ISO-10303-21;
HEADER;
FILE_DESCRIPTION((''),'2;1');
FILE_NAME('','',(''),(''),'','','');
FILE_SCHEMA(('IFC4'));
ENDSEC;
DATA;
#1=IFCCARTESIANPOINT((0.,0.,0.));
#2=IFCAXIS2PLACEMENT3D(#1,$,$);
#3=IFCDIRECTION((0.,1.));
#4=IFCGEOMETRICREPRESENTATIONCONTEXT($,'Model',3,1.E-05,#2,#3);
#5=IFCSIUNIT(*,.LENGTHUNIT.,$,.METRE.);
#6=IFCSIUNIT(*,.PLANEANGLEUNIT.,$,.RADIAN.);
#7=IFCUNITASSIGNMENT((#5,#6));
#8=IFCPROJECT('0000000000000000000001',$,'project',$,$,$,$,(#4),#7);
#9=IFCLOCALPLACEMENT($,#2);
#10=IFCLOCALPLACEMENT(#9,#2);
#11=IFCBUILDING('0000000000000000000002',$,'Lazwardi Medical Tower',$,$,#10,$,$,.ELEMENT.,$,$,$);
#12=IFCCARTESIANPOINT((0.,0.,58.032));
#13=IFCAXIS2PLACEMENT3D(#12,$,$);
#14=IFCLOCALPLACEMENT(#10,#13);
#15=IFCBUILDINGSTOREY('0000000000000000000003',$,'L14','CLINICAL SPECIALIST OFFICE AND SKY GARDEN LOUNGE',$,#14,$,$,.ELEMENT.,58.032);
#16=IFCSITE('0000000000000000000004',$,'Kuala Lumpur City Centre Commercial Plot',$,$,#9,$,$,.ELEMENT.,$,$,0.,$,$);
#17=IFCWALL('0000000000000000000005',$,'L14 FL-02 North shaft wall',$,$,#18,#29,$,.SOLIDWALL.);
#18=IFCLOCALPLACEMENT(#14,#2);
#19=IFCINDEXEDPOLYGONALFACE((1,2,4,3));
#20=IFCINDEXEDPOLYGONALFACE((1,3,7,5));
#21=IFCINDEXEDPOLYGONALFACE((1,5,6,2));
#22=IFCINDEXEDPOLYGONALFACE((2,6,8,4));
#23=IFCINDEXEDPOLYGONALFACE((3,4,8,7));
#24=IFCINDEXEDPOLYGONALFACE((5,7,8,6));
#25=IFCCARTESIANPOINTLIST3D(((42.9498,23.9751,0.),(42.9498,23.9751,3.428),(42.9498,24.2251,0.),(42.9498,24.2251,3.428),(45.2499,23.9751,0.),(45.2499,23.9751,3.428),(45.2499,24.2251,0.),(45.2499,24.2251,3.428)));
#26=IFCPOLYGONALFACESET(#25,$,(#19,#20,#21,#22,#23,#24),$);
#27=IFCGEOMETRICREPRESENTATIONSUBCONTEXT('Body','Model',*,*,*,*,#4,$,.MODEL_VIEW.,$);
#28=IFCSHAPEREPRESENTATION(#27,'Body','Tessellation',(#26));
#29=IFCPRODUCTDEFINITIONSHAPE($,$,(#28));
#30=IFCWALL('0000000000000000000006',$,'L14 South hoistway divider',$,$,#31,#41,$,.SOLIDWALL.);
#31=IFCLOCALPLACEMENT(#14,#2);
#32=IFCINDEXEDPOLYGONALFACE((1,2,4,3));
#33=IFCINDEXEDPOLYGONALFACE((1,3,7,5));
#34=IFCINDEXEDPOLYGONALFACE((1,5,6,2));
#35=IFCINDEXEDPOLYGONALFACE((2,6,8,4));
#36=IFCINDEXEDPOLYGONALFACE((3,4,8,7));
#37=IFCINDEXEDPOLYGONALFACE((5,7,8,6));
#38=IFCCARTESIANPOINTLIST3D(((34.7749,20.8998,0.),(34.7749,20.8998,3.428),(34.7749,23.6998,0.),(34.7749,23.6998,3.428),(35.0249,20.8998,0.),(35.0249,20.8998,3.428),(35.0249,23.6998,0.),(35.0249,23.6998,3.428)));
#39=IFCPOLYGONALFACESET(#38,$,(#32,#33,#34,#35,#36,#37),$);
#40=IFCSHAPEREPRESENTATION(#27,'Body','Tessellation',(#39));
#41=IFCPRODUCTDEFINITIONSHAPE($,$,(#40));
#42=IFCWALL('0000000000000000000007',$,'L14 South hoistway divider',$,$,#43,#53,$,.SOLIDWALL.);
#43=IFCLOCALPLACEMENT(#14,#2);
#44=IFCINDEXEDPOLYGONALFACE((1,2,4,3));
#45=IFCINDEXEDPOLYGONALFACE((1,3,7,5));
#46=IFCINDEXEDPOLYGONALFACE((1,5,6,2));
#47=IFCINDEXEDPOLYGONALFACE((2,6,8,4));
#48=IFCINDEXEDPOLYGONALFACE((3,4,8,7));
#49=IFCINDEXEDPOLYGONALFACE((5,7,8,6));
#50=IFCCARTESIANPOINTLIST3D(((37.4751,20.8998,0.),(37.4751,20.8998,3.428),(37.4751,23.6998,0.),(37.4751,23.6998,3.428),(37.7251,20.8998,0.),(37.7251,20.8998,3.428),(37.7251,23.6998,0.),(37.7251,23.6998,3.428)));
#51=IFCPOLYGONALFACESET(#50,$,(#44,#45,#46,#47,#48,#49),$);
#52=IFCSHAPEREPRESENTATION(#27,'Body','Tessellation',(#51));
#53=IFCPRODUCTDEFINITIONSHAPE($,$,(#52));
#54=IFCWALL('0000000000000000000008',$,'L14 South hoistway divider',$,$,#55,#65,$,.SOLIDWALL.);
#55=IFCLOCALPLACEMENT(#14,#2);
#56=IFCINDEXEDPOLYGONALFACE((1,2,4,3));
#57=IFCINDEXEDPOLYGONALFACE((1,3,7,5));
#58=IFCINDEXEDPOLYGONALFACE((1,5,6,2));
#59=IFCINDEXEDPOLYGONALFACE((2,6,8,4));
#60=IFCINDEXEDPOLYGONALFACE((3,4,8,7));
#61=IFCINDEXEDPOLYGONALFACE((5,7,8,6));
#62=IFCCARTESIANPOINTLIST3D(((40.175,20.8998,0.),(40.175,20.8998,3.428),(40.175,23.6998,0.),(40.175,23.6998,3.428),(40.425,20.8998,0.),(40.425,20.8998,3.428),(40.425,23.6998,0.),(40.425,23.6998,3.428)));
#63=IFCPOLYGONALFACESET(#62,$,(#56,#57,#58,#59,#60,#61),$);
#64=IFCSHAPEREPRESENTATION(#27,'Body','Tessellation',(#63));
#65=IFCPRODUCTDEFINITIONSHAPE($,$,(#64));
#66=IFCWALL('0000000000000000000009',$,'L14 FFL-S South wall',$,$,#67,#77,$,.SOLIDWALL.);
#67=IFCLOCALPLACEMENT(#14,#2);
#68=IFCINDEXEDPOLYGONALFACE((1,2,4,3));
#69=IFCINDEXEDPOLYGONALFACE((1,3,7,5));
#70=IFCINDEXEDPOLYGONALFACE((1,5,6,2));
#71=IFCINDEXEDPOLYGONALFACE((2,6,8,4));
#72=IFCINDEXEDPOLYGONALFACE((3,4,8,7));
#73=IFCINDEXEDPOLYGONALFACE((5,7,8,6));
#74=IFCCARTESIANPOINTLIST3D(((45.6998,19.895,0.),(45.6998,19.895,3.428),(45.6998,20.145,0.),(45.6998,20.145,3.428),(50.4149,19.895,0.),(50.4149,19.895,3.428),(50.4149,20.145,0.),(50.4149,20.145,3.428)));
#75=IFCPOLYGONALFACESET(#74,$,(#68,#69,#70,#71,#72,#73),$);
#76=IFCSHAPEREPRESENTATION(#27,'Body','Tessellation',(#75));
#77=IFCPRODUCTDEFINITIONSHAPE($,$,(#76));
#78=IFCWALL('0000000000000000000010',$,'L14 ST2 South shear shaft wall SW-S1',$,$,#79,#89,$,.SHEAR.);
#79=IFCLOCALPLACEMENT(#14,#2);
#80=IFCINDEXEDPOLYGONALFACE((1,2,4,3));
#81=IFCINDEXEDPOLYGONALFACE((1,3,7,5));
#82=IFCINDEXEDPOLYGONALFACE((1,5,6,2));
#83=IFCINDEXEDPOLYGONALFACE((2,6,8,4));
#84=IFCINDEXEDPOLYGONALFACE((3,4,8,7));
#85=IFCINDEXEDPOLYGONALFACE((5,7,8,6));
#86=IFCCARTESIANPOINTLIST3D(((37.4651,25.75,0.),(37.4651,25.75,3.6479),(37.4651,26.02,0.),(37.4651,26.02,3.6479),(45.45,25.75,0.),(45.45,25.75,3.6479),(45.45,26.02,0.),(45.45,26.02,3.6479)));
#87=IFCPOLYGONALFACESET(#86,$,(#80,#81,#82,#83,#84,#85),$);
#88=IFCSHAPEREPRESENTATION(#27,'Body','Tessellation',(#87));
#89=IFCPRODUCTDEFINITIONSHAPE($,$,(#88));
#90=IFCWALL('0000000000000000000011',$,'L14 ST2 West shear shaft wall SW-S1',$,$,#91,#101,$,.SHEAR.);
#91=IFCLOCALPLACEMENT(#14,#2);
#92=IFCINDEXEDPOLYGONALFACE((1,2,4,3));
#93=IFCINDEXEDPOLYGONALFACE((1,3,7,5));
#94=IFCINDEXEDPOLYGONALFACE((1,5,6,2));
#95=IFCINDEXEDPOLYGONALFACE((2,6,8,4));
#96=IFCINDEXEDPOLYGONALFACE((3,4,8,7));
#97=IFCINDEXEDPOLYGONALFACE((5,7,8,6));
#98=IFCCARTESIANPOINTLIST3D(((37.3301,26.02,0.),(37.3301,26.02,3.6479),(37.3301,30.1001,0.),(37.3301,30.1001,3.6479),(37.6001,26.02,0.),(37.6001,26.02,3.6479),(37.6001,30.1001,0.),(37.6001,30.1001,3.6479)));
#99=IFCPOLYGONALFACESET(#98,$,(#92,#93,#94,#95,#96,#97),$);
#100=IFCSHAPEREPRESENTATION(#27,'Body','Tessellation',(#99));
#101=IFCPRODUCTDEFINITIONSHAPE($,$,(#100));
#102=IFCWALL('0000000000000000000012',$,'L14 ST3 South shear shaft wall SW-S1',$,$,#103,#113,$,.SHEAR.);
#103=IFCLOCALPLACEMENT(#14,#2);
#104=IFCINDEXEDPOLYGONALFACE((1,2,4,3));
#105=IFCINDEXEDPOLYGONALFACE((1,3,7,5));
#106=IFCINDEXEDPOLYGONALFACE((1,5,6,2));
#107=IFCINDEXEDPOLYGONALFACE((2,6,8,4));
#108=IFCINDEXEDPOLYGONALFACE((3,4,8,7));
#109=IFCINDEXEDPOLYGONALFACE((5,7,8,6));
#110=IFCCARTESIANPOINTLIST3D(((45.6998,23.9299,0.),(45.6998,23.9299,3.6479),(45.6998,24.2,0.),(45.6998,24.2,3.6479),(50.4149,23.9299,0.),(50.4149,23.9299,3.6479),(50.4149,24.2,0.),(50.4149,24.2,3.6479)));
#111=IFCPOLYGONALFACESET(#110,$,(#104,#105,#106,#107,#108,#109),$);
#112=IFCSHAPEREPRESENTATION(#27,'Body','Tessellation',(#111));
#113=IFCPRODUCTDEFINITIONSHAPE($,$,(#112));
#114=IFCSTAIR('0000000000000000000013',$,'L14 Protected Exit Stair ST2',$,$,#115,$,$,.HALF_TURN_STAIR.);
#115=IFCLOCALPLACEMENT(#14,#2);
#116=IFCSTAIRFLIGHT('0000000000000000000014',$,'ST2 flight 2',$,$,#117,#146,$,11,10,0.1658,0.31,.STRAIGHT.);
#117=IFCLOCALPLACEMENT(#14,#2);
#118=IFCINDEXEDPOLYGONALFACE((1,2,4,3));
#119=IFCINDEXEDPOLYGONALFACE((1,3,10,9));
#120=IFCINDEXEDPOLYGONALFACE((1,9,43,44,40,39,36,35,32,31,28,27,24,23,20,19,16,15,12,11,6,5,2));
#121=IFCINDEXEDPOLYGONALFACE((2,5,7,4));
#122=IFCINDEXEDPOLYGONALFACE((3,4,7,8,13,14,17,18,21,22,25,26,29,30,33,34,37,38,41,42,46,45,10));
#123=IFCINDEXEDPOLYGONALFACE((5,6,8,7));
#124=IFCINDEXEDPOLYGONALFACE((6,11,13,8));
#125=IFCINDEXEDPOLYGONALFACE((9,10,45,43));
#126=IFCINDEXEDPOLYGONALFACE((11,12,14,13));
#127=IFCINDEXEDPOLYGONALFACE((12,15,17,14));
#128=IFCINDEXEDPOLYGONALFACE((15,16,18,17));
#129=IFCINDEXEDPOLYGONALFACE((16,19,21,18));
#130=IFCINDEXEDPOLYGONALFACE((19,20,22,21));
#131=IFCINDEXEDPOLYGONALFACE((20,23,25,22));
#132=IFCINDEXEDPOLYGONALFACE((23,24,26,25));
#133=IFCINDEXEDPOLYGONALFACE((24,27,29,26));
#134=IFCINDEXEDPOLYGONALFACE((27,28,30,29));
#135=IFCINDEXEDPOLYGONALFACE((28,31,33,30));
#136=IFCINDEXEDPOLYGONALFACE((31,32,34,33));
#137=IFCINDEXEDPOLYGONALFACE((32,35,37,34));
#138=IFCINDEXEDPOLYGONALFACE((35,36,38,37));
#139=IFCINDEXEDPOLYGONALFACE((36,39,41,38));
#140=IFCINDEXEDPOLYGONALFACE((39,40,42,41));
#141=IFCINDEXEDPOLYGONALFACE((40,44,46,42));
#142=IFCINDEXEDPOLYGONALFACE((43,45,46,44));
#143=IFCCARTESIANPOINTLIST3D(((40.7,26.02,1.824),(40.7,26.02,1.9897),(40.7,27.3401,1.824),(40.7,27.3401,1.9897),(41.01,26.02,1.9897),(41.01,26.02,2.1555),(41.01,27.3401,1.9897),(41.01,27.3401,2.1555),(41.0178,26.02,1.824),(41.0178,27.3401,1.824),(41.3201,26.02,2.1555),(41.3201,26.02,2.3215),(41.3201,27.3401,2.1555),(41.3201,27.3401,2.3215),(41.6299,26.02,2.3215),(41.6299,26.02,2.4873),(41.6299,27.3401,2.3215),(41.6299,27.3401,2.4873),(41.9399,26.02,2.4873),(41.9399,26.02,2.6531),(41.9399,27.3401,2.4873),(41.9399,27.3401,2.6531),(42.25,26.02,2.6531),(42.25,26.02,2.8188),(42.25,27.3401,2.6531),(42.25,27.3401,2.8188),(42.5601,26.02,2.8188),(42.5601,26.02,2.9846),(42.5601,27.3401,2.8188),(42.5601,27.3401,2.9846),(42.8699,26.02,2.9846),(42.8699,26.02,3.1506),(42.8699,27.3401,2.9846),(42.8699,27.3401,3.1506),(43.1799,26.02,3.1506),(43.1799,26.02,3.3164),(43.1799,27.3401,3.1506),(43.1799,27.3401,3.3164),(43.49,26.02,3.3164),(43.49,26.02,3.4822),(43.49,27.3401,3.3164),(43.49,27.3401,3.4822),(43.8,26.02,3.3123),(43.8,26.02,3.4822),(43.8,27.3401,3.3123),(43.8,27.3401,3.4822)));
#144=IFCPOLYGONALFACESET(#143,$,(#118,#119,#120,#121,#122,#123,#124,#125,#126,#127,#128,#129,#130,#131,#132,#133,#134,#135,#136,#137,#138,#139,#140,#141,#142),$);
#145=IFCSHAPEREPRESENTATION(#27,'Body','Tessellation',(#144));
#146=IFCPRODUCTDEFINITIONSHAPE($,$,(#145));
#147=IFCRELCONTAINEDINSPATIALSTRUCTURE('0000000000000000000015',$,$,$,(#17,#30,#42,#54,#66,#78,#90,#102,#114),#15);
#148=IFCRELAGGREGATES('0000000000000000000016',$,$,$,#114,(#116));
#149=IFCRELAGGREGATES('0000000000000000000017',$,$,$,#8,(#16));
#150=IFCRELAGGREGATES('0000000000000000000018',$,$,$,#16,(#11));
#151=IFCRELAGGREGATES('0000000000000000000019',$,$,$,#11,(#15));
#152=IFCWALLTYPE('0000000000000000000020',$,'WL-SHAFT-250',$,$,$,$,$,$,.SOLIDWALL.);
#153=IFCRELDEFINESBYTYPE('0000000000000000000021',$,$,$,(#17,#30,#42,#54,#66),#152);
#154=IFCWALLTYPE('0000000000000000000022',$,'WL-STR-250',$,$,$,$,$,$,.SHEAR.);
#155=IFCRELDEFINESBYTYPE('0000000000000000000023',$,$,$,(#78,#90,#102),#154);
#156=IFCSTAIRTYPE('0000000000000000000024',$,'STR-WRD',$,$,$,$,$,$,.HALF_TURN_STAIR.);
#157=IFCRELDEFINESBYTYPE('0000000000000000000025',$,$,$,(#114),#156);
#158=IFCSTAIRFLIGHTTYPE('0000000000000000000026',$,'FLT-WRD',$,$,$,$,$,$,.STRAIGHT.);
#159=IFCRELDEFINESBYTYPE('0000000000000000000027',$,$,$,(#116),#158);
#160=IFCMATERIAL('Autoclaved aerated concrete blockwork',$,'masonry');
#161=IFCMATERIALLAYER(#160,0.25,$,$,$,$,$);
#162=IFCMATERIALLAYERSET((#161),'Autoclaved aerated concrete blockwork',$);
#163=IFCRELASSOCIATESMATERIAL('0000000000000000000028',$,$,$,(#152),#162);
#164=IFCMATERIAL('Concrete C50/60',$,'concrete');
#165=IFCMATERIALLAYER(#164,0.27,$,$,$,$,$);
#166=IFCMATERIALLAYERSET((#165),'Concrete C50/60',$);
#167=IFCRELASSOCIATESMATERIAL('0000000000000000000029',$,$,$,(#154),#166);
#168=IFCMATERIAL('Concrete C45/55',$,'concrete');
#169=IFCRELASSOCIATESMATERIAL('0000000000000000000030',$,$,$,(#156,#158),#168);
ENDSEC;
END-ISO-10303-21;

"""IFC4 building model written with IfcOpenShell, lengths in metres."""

from ifc_helpers import new_model, si_unit, direction, frame, frame_2d, origin, place, context, subcontext, project, spatial, polyline, rectangle, outline, extrude, material, layer, layer_set, type_object, element, aggregate, save


model = new_model("IFC4")

# Units and contexts
model_context = context("Model", 3, precision=1e-05, world=origin(), true_north=direction((0.0, 1.0)))
body_context = subcontext(model_context, "Body", "Model", "MODEL_VIEW")
ifc_project = project(units=[si_unit("LENGTHUNIT", "METRE"), si_unit("PLANEANGLEUNIT", "RADIAN")], contexts=[model_context])

# Site, building, storey
site_placement = place(None, origin())
site = spatial("IfcSite", under=ifc_project, at=site_placement, Name="Kuala Lumpur City Centre Commercial Plot", CompositionType="ELEMENT", RefElevation=0.0)
building_placement = place(site_placement, origin())
building = spatial("IfcBuilding", under=site, at=building_placement, Name="Lazwardi Medical Tower", CompositionType="ELEMENT")
storey_placement = place(building_placement, frame((0.0, 0.0, 58.032)))
storey = spatial("IfcBuildingStorey", under=building, at=storey_placement, Name="L14", Description="CLINICAL SPECIALIST OFFICE AND SKY GARDEN LOUNGE", CompositionType="ELEMENT", Elevation=58.032)

# Walls
ifc_material_1 = material(Name="Autoclaved aerated concrete blockwork", Category="masonry")
ifc_layer_1 = layer(ifc_material_1, 0.25)
ifc_layer_set_1 = layer_set([ifc_layer_1], Name="Autoclaved aerated concrete blockwork")
wall_type_1 = type_object("IfcWallType", Name="WL-SHAFT-250", PredefinedType="SOLIDWALL", material=ifc_layer_set_1)
wall_1_placement = place(storey_placement, frame((42.95, 24.1001, 0.0), z_axis=(0.0, 0.0, 1.0), x_axis=(1.0, 0.0, 0.0)))
element("IfcWall", 1, at=wall_1_placement, inside=storey, type_object=wall_type_1, Name="L14 FL-02 North shaft wall", PredefinedType="SOLIDWALL", context=body_context, shape_type="SweptSolid", body=[
    extrude(rectangle(XDim=2.3, YDim=0.25, at=frame_2d((1.1499, 0.0))), origin(), (0.0, 0.0, 1.0), 3.428),
])
for number, where, z_axis, x_axis, name in (
    (2, (34.8999, 20.8999, 0.0), (0.0, 0.0, 1.0), (0.0, 1.0, 0.0), "L14 South hoistway divider"),
    (3, (37.6001, 20.8999, 0.0), (0.0, 0.0, 1.0), (0.0, 1.0, 0.0), "L14 South hoistway divider"),
    (4, (40.3, 20.8999, 0.0), (0.0, 0.0, 1.0), (0.0, 1.0, 0.0), "L14 South hoistway divider"),
):
    element("IfcWall", number, at=place(storey_placement, frame(where, z_axis=z_axis, x_axis=x_axis)), inside=storey, type_object=wall_type_1, Name=name, PredefinedType="SOLIDWALL", context=body_context, shape_type="SweptSolid", body=[
        extrude(rectangle(XDim=2.8, YDim=0.25, at=frame_2d((1.3999, 0.0))), origin(), (0.0, 0.0, 1.0), 3.428),
    ])
wall_2_placement = place(storey_placement, frame((45.7, 20.02, 0.0), z_axis=(0.0, 0.0, 1.0), x_axis=(1.0, 0.0, 0.0)))
element("IfcWall", 5, at=wall_2_placement, inside=storey, type_object=wall_type_1, Name="L14 FFL-S South wall", PredefinedType="SOLIDWALL", context=body_context, shape_type="SweptSolid", body=[
    extrude(rectangle(XDim=4.7151, YDim=0.25, at=frame_2d((2.3574, 0.0))), origin(), (0.0, 0.0, 1.0), 3.428),
])
ifc_material_2 = material(Name="Concrete C50/60", Category="concrete")
ifc_layer_2 = layer(ifc_material_2, 0.27)
ifc_layer_set_2 = layer_set([ifc_layer_2], Name="Concrete C50/60")
wall_type_2 = type_object("IfcWallType", Name="WL-STR-250", PredefinedType="SHEAR", material=ifc_layer_set_2)
wall_3_placement = place(storey_placement, frame((37.4651, 25.885, 0.0), z_axis=(0.0, 0.0, 1.0), x_axis=(1.0, 0.0, 0.0)))
element("IfcWall", 6, at=wall_3_placement, inside=storey, type_object=wall_type_2, Name="L14 ST2 South shear shaft wall SW-S1", PredefinedType="SHEAR", context=body_context, shape_type="SweptSolid", body=[
    extrude(rectangle(XDim=7.9849, YDim=0.27, at=frame_2d((3.9924, 0.0))), origin(), (0.0, 0.0, 1.0), 3.6479),
])
wall_4_placement = place(storey_placement, frame((37.4651, 26.02, 0.0), z_axis=(0.0, 0.0, 1.0), x_axis=(0.0, 1.0, 0.0)))
element("IfcWall", 7, at=wall_4_placement, inside=storey, type_object=wall_type_2, Name="L14 ST2 West shear shaft wall SW-S1", PredefinedType="SHEAR", context=body_context, shape_type="SweptSolid", body=[
    extrude(rectangle(XDim=4.0801, YDim=0.27, at=frame_2d((2.04, 0.0))), origin(), (0.0, 0.0, 1.0), 3.6479),
])
wall_5_placement = place(storey_placement, frame((45.7, 24.0649, 0.0), z_axis=(0.0, 0.0, 1.0), x_axis=(1.0, 0.0, 0.0)))
element("IfcWall", 8, at=wall_5_placement, inside=storey, type_object=wall_type_2, Name="L14 ST3 South shear shaft wall SW-S1", PredefinedType="SHEAR", context=body_context, shape_type="SweptSolid", body=[
    extrude(rectangle(XDim=4.7151, YDim=0.27, at=frame_2d((2.3574, 0.0))), origin(), (0.0, 0.0, 1.0), 3.6479),
])

# Stair, stair flight
ifc_material_3 = material(Name="Concrete C45/55", Category="concrete")
stair_type = type_object("IfcStairType", Name="STR-WRD", PredefinedType="HALF_TURN_STAIR", material=ifc_material_3)
stair_placement = place(storey_placement, origin())
stair = element("IfcStair", 9, at=stair_placement, inside=storey, type_object=stair_type, Name="L14 Protected Exit Stair ST2", PredefinedType="HALF_TURN_STAIR")
stair_flight_type = type_object("IfcStairFlightType", Name="FLT-WRD", PredefinedType="STRAIGHT", material=ifc_material_3)
stair_flight_placement = place(storey_placement, frame((40.7, 26.6799, 1.824), z_axis=(0.0, 0.0, 1.0), x_axis=(1.0, 0.0, 0.0)))
stair_flight = element("IfcStairFlight", 10, at=stair_flight_placement, type_object=stair_flight_type, Name="ST2 flight 2", NumberOfRisers=11, NumberOfTreads=10, PredefinedType="STRAIGHT", RiserHeight=0.1658, TreadLength=0.31, context=body_context, shape_type="SweptSolid", body=[
    extrude(outline(polyline([(0.0, 0.0), (0.0, 0.1658), (0.3101, 0.1658), (0.3101, 0.3315), (0.6201, 0.3315), (0.6201, 0.4976), (0.9299, 0.4976), (0.9299, 0.6633), (1.24, 0.6633), (1.24, 0.8291), (1.55, 0.8291), (1.55, 0.9949), (1.8601, 0.9949), (1.8601, 1.1606), (2.1699, 1.1606), (2.1699, 1.3267), (2.48, 1.3267), (2.48, 1.4924), (2.79, 1.4924), (2.79, 1.6582), (3.1001, 1.6582), (3.1001, 1.824), (3.1001, 1.4883), (0.3179, 0.0), (0.0, 0.0)])), frame((0.0, 0.6602, 0.0), z_axis=(0.0, -1.0, 0.0), x_axis=(1.0, 0.0, 0.0)), (0.0, 0.0, 1.0), 1.3201),
])
aggregate(stair, [stair_flight])

save(model, "model.ifc")
